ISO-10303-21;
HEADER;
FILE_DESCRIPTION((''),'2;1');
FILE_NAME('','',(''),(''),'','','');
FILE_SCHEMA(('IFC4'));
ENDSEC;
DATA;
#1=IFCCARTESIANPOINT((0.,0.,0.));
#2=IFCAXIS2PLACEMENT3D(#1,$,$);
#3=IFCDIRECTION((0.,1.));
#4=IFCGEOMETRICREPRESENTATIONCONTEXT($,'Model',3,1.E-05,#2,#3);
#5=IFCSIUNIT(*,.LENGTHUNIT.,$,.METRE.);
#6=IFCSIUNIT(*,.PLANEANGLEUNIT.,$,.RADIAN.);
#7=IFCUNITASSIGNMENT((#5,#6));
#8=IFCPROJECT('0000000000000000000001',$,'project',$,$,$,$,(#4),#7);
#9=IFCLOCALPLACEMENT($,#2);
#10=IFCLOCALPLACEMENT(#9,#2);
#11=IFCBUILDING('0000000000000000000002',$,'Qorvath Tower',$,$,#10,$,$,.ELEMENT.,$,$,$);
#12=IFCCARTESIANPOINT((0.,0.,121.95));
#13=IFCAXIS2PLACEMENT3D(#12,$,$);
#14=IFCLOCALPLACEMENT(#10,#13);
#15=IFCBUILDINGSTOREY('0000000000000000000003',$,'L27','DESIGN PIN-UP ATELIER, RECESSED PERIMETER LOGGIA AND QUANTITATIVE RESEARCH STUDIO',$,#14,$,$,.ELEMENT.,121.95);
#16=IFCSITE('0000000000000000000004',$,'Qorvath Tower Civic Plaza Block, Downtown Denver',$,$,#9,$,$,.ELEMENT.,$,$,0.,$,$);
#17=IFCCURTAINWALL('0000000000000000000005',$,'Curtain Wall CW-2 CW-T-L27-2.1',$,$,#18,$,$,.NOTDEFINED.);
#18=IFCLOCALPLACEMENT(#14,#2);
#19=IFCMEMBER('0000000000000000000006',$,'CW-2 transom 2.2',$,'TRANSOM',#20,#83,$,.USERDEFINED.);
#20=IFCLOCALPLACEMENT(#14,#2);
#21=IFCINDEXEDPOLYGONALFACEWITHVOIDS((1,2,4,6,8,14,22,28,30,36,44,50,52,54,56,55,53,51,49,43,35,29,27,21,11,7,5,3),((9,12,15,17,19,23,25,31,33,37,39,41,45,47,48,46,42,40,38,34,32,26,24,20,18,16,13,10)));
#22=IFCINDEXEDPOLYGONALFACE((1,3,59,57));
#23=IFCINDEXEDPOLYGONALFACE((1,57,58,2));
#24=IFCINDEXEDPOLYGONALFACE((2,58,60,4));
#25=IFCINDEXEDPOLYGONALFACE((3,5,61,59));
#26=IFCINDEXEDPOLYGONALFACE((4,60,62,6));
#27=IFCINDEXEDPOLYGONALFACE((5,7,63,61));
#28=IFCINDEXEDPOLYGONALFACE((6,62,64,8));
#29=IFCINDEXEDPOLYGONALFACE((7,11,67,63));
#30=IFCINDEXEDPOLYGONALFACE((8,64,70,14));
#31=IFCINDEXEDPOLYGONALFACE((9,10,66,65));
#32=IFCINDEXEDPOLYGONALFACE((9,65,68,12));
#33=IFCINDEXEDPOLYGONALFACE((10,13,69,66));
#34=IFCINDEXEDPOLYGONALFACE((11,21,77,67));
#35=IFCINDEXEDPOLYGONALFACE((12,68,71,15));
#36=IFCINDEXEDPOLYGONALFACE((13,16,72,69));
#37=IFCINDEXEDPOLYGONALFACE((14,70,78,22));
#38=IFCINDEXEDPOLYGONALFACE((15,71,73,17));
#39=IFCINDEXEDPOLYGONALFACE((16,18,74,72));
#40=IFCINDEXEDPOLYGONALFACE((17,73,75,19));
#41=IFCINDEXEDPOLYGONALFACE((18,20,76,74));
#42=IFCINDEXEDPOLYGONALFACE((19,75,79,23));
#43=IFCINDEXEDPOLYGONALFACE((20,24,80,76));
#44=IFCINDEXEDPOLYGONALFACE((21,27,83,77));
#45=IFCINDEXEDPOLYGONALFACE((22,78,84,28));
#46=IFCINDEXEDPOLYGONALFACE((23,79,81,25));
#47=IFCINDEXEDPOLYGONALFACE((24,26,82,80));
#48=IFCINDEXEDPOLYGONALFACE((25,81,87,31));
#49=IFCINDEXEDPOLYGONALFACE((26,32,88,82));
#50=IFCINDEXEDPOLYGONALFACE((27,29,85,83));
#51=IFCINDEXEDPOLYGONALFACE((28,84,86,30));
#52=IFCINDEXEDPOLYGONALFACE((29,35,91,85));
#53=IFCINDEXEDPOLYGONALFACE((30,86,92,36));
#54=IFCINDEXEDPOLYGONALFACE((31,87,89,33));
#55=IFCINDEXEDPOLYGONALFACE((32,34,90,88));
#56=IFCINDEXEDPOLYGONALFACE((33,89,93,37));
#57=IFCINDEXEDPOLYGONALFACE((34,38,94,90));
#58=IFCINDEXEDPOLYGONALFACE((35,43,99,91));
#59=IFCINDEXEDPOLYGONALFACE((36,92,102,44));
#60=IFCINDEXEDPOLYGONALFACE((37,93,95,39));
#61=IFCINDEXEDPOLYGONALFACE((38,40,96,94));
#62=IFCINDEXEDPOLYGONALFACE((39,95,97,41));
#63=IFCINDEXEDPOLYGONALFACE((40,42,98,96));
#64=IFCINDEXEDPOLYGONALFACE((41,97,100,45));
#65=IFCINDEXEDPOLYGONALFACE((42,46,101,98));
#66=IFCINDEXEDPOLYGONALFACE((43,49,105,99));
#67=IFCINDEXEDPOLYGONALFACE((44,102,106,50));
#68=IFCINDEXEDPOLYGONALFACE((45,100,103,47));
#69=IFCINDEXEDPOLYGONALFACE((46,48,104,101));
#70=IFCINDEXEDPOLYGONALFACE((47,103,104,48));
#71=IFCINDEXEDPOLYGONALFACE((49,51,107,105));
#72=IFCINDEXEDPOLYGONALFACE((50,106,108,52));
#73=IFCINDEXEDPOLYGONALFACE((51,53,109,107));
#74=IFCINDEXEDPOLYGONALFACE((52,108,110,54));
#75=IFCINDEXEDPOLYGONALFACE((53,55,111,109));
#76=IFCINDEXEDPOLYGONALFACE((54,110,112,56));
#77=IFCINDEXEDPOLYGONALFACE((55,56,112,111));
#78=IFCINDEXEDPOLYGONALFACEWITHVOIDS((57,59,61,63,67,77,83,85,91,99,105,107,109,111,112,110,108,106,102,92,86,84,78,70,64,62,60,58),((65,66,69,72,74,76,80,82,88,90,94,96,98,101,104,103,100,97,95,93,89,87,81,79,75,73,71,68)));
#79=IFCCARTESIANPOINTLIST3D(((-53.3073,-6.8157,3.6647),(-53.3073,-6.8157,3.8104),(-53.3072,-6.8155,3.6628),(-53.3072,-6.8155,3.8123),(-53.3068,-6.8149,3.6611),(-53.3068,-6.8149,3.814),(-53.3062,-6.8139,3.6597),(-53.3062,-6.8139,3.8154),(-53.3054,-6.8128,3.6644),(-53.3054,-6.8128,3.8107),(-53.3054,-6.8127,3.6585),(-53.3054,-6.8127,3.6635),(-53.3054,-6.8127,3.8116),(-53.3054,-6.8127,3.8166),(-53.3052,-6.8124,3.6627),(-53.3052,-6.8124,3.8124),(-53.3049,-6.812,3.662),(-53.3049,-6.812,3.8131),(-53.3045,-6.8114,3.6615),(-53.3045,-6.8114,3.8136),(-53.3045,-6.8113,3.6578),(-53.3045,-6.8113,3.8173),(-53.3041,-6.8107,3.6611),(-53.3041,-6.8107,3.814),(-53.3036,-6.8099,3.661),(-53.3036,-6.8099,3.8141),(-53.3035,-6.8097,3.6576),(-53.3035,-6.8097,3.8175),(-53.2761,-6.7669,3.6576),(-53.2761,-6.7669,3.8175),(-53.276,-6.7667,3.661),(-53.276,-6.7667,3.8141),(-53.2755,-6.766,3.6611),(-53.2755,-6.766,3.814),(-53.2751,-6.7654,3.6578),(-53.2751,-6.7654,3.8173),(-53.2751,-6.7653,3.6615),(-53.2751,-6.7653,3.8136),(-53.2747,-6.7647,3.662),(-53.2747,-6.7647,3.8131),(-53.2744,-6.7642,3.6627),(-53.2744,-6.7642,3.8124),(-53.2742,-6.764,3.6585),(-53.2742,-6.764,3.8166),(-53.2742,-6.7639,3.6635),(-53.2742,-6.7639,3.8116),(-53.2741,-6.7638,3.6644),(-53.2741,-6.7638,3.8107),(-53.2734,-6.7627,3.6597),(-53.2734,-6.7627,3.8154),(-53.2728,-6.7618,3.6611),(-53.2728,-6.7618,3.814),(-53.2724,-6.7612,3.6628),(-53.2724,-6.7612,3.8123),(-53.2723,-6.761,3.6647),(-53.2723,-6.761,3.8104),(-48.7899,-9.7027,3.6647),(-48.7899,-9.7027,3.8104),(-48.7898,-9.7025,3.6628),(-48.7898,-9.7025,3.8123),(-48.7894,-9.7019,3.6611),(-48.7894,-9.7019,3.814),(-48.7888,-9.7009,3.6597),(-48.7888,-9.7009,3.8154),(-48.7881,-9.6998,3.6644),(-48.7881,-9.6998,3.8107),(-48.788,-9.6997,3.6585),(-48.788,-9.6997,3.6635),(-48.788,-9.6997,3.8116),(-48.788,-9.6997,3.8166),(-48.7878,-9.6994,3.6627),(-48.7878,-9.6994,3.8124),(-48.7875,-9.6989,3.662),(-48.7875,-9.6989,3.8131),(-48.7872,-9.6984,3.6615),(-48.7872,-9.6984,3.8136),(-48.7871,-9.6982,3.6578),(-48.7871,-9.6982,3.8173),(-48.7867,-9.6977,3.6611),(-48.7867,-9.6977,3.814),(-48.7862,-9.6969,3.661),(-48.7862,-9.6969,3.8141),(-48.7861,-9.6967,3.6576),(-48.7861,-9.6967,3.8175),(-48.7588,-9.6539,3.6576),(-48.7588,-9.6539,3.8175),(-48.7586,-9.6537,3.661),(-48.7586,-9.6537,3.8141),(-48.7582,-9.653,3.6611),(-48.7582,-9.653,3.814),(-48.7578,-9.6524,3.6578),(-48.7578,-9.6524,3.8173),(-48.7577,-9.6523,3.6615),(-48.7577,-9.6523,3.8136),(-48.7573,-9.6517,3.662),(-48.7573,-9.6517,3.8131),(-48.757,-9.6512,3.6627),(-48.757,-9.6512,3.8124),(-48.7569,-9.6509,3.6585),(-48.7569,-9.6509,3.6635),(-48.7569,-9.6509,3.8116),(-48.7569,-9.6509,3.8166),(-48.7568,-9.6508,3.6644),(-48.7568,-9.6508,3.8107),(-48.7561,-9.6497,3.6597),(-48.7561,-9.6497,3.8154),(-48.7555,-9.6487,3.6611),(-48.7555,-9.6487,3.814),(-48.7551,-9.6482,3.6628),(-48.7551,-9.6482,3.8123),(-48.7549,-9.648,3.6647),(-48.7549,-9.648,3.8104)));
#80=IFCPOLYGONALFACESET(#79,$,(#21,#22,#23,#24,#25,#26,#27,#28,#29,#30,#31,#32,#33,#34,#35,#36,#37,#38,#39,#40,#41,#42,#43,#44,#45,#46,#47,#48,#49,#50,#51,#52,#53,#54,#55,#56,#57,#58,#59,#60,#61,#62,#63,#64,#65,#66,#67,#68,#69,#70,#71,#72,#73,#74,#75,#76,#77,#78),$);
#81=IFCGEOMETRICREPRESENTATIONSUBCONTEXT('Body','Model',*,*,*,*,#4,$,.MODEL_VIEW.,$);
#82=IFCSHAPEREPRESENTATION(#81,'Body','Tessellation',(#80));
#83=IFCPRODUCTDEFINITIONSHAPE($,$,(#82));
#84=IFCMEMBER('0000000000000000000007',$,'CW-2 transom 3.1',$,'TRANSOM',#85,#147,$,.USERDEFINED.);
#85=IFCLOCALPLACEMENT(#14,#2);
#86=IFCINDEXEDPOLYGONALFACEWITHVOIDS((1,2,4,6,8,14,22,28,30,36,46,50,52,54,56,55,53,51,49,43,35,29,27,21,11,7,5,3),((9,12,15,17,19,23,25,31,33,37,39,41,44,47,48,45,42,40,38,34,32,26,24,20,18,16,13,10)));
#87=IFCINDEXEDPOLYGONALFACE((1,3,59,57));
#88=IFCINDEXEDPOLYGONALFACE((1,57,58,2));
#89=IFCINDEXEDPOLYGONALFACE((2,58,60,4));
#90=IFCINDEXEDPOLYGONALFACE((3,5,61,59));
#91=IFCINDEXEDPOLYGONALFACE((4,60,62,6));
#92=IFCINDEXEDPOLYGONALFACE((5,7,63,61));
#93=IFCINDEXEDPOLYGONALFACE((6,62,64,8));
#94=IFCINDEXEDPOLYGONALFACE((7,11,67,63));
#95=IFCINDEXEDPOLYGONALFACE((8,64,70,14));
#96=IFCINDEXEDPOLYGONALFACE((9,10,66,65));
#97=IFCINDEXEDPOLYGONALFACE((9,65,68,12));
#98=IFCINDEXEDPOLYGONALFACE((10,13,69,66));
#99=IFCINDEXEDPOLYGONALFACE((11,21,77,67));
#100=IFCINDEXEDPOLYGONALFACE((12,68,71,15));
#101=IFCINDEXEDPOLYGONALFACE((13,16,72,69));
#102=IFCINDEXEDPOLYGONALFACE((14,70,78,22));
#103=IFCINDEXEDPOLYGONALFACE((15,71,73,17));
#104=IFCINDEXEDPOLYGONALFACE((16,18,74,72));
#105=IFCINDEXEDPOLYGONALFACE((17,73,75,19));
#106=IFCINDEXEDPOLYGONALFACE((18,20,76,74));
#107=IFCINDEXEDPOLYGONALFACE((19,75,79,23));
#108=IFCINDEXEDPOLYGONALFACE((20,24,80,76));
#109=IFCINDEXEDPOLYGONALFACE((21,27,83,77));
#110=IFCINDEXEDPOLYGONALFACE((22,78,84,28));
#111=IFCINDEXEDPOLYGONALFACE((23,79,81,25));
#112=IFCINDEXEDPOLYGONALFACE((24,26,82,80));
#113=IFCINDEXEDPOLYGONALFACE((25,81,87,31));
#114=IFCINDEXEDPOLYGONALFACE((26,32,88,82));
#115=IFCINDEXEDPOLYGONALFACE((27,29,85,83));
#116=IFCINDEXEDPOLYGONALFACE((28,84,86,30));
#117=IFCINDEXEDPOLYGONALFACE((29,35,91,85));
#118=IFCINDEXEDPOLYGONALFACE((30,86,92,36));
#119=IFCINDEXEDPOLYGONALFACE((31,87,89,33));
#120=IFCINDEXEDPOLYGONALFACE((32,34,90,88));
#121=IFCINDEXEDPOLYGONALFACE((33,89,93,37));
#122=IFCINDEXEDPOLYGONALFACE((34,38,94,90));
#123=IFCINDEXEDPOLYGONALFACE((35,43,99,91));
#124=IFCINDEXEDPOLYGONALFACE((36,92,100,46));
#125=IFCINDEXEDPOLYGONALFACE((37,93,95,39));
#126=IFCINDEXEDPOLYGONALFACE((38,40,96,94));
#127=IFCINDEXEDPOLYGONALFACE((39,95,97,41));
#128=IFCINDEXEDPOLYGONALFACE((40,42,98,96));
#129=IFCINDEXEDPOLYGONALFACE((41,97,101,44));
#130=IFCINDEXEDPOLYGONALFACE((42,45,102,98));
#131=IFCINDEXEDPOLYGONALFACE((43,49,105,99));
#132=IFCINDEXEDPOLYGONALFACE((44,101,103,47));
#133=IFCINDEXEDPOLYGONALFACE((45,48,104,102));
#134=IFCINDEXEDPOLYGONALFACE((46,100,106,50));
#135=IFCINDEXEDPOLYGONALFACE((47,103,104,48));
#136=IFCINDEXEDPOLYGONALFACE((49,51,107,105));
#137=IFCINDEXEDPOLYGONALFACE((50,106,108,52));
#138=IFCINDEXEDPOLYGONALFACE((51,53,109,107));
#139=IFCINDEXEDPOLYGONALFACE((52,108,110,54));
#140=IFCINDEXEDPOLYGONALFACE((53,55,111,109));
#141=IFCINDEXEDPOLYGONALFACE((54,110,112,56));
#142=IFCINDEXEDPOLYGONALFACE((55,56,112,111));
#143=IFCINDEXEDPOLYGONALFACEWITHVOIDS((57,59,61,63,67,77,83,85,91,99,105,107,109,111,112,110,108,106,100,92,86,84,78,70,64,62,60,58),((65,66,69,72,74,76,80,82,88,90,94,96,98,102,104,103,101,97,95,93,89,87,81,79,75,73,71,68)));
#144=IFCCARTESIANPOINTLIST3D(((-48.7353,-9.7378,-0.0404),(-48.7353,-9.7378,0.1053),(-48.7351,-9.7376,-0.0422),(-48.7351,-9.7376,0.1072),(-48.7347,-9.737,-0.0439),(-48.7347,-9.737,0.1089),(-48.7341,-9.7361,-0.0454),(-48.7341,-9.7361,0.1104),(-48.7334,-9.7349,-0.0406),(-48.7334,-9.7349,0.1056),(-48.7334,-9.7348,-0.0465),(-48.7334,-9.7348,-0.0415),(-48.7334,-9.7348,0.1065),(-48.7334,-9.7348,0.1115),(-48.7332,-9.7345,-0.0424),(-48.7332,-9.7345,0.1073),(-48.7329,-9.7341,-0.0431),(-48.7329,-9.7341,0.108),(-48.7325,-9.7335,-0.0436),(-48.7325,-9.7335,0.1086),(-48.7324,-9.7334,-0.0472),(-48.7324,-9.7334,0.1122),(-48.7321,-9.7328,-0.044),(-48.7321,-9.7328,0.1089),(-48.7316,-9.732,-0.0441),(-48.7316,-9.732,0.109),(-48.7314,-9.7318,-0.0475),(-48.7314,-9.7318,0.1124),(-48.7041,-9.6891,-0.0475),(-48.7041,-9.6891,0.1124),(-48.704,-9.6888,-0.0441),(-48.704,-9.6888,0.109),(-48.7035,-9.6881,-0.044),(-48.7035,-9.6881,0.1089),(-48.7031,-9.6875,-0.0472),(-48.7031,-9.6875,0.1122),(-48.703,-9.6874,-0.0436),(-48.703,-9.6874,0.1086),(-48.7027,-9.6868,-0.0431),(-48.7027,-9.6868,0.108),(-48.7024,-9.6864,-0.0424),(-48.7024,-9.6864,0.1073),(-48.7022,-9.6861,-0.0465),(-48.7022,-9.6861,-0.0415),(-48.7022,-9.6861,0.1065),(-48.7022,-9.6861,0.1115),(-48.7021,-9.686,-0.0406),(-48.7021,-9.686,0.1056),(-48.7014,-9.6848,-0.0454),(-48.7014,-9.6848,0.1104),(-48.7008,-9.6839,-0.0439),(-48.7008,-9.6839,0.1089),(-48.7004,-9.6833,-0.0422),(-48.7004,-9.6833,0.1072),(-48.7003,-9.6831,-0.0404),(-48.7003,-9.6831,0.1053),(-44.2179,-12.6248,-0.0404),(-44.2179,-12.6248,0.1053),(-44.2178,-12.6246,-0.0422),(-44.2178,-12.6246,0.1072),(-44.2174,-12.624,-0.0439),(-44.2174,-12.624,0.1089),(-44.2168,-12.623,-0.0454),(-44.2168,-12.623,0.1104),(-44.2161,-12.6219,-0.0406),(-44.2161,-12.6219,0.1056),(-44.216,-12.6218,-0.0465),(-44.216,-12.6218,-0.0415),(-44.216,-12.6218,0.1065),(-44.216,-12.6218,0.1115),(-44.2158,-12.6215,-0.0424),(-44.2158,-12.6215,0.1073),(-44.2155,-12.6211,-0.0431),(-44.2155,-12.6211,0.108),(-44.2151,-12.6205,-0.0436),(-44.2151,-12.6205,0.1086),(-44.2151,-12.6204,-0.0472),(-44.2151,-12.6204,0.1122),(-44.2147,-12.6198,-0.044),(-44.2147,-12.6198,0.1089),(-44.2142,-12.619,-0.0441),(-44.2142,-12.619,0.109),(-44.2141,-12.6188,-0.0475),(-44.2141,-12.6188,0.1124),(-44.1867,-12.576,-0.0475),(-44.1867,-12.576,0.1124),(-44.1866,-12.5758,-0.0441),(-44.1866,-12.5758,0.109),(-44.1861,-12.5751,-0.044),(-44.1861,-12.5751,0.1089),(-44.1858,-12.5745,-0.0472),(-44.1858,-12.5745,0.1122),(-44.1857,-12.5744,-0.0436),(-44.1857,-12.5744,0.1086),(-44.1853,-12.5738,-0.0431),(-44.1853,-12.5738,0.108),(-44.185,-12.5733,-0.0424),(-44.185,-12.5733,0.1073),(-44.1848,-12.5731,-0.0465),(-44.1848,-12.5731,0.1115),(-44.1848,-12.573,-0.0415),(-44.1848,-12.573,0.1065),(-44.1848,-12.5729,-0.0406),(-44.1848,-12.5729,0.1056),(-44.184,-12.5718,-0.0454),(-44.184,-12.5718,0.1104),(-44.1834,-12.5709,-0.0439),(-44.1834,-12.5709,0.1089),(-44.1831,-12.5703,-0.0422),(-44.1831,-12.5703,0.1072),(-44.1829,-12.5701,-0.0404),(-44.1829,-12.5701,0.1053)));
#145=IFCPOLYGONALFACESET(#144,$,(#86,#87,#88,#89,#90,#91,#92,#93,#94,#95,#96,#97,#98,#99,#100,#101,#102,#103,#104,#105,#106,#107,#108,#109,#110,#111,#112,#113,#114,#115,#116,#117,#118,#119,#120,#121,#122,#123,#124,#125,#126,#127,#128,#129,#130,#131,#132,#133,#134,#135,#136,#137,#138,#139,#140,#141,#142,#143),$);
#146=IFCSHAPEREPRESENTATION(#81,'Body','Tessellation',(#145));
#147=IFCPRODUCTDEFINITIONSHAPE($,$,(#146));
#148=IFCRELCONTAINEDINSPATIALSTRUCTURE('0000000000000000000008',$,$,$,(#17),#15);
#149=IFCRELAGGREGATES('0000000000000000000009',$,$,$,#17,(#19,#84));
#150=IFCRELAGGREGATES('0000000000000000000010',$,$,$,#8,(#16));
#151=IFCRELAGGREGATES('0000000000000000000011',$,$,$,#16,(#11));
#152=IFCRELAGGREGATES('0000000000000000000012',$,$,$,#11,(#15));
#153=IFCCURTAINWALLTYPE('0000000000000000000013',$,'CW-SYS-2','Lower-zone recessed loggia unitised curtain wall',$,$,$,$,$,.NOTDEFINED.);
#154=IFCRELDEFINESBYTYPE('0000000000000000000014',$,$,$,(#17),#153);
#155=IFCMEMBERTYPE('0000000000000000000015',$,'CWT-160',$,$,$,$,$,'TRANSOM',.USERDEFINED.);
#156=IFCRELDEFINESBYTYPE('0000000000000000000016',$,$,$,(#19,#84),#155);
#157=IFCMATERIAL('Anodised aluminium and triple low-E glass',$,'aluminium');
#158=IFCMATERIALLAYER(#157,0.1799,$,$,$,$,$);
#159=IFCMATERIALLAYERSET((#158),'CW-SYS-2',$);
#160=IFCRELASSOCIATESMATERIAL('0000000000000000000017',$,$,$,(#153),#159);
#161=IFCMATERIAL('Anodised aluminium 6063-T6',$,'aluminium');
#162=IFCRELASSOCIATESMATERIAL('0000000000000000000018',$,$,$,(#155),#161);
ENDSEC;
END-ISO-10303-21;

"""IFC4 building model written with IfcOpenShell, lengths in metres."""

from ifc_helpers import new_model, si_unit, direction, frame, origin, origin_2d, place, context, subcontext, project, spatial, hollow_rectangle, extrude, material, layer, layer_set, material_profile, profile_set, type_object, element, aggregate, save


model = new_model("IFC4")

# Units and contexts
model_context = context("Model", 3, precision=1e-05, world=origin(), true_north=direction((0.0, 1.0)))
body_context = subcontext(model_context, "Body", "Model", "MODEL_VIEW")
ifc_project = project(units=[si_unit("LENGTHUNIT", "METRE"), si_unit("PLANEANGLEUNIT", "RADIAN")], contexts=[model_context])

# Site, building, storey
site_placement = place(None, origin())
site = spatial("IfcSite", under=ifc_project, at=site_placement, Name="Qorvath Tower Civic Plaza Block, Downtown Denver", CompositionType="ELEMENT", RefElevation=0.0)
building_placement = place(site_placement, origin())
building = spatial("IfcBuilding", under=site, at=building_placement, Name="Qorvath Tower", CompositionType="ELEMENT")
storey_placement = place(building_placement, frame((0.0, 0.0, 121.95)))
storey = spatial("IfcBuildingStorey", under=building, at=storey_placement, Name="L27", Description="DESIGN PIN-UP ATELIER, RECESSED PERIMETER LOGGIA AND QUANTITATIVE RESEARCH STUDIO", CompositionType="ELEMENT", Elevation=121.95)

# Curtain wall, members
ifc_material_1 = material(Name="Anodised aluminium and triple low-E glass", Category="aluminium")
ifc_layer_1 = layer(ifc_material_1, 0.1799)
ifc_layer_set_1 = layer_set([ifc_layer_1], Name="CW-SYS-2")
curtain_wall_type = type_object("IfcCurtainWallType", Name="CW-SYS-2", Description="Lower-zone recessed loggia unitised curtain wall", PredefinedType="NOTDEFINED", material=ifc_layer_set_1)
curtain_wall_placement = place(storey_placement, origin())
curtain_wall = element("IfcCurtainWall", 1, at=curtain_wall_placement, inside=storey, type_object=curtain_wall_type, Name="Curtain Wall CW-2 CW-T-L27-2.1", PredefinedType="NOTDEFINED")
ifc_material_2 = material(Name="Anodised aluminium 6063-T6", Category="aluminium")
ifc_material_profile_1 = material_profile(ifc_material_2, hollow_rectangle(XDim=0.0649, YDim=0.1599, WallThickness=0.0034, InnerFilletRadius=0.0034, OuterFilletRadius=0.0071, at=origin_2d()), Name="CWT 160x65")
ifc_profile_set_1 = profile_set([ifc_material_profile_1], Name="Anodised aluminium 6063-T6")
member_type_1 = type_object("IfcMemberType", Name="CWT-160", ElementType="TRANSOM", PredefinedType="USERDEFINED", material=ifc_profile_set_1)
member_1_placement = place(storey_placement, frame((-53.2898, -6.7883, 3.7375), z_axis=(0.842621, -0.538507, 0.0), x_axis=(0.538507, 0.842621, 0.0)))
member_1 = element("IfcMember", 2, at=member_1_placement, type_object=member_type_1, Name="CW-2 transom 2.2", ObjectType="TRANSOM", PredefinedType="USERDEFINED", context=body_context, shape_type="SweptSolid", body=[
    extrude(hollow_rectangle(XDim=0.0649, YDim=0.1599, WallThickness=0.0034, InnerFilletRadius=0.0034, OuterFilletRadius=0.0071, at=origin_2d()), origin(), (0.0, 0.0, 1.0), 5.3611),
])
member_2_placement = place(storey_placement, frame((-48.7178, -9.7104, 0.0325), z_axis=(0.842621, -0.538507, 0.0), x_axis=(0.538507, 0.842621, 0.0)))
member_2 = element("IfcMember", 3, at=member_2_placement, type_object=member_type_1, Name="CW-2 transom 3.1", ObjectType="TRANSOM", PredefinedType="USERDEFINED", context=body_context, shape_type="SweptSolid", body=[
    extrude(hollow_rectangle(XDim=0.0649, YDim=0.1599, WallThickness=0.0034, InnerFilletRadius=0.0034, OuterFilletRadius=0.0071, at=origin_2d()), origin(), (0.0, 0.0, 1.0), 5.3611),
])
aggregate(curtain_wall, [member_1, member_2])

save(model, "model.ifc")
